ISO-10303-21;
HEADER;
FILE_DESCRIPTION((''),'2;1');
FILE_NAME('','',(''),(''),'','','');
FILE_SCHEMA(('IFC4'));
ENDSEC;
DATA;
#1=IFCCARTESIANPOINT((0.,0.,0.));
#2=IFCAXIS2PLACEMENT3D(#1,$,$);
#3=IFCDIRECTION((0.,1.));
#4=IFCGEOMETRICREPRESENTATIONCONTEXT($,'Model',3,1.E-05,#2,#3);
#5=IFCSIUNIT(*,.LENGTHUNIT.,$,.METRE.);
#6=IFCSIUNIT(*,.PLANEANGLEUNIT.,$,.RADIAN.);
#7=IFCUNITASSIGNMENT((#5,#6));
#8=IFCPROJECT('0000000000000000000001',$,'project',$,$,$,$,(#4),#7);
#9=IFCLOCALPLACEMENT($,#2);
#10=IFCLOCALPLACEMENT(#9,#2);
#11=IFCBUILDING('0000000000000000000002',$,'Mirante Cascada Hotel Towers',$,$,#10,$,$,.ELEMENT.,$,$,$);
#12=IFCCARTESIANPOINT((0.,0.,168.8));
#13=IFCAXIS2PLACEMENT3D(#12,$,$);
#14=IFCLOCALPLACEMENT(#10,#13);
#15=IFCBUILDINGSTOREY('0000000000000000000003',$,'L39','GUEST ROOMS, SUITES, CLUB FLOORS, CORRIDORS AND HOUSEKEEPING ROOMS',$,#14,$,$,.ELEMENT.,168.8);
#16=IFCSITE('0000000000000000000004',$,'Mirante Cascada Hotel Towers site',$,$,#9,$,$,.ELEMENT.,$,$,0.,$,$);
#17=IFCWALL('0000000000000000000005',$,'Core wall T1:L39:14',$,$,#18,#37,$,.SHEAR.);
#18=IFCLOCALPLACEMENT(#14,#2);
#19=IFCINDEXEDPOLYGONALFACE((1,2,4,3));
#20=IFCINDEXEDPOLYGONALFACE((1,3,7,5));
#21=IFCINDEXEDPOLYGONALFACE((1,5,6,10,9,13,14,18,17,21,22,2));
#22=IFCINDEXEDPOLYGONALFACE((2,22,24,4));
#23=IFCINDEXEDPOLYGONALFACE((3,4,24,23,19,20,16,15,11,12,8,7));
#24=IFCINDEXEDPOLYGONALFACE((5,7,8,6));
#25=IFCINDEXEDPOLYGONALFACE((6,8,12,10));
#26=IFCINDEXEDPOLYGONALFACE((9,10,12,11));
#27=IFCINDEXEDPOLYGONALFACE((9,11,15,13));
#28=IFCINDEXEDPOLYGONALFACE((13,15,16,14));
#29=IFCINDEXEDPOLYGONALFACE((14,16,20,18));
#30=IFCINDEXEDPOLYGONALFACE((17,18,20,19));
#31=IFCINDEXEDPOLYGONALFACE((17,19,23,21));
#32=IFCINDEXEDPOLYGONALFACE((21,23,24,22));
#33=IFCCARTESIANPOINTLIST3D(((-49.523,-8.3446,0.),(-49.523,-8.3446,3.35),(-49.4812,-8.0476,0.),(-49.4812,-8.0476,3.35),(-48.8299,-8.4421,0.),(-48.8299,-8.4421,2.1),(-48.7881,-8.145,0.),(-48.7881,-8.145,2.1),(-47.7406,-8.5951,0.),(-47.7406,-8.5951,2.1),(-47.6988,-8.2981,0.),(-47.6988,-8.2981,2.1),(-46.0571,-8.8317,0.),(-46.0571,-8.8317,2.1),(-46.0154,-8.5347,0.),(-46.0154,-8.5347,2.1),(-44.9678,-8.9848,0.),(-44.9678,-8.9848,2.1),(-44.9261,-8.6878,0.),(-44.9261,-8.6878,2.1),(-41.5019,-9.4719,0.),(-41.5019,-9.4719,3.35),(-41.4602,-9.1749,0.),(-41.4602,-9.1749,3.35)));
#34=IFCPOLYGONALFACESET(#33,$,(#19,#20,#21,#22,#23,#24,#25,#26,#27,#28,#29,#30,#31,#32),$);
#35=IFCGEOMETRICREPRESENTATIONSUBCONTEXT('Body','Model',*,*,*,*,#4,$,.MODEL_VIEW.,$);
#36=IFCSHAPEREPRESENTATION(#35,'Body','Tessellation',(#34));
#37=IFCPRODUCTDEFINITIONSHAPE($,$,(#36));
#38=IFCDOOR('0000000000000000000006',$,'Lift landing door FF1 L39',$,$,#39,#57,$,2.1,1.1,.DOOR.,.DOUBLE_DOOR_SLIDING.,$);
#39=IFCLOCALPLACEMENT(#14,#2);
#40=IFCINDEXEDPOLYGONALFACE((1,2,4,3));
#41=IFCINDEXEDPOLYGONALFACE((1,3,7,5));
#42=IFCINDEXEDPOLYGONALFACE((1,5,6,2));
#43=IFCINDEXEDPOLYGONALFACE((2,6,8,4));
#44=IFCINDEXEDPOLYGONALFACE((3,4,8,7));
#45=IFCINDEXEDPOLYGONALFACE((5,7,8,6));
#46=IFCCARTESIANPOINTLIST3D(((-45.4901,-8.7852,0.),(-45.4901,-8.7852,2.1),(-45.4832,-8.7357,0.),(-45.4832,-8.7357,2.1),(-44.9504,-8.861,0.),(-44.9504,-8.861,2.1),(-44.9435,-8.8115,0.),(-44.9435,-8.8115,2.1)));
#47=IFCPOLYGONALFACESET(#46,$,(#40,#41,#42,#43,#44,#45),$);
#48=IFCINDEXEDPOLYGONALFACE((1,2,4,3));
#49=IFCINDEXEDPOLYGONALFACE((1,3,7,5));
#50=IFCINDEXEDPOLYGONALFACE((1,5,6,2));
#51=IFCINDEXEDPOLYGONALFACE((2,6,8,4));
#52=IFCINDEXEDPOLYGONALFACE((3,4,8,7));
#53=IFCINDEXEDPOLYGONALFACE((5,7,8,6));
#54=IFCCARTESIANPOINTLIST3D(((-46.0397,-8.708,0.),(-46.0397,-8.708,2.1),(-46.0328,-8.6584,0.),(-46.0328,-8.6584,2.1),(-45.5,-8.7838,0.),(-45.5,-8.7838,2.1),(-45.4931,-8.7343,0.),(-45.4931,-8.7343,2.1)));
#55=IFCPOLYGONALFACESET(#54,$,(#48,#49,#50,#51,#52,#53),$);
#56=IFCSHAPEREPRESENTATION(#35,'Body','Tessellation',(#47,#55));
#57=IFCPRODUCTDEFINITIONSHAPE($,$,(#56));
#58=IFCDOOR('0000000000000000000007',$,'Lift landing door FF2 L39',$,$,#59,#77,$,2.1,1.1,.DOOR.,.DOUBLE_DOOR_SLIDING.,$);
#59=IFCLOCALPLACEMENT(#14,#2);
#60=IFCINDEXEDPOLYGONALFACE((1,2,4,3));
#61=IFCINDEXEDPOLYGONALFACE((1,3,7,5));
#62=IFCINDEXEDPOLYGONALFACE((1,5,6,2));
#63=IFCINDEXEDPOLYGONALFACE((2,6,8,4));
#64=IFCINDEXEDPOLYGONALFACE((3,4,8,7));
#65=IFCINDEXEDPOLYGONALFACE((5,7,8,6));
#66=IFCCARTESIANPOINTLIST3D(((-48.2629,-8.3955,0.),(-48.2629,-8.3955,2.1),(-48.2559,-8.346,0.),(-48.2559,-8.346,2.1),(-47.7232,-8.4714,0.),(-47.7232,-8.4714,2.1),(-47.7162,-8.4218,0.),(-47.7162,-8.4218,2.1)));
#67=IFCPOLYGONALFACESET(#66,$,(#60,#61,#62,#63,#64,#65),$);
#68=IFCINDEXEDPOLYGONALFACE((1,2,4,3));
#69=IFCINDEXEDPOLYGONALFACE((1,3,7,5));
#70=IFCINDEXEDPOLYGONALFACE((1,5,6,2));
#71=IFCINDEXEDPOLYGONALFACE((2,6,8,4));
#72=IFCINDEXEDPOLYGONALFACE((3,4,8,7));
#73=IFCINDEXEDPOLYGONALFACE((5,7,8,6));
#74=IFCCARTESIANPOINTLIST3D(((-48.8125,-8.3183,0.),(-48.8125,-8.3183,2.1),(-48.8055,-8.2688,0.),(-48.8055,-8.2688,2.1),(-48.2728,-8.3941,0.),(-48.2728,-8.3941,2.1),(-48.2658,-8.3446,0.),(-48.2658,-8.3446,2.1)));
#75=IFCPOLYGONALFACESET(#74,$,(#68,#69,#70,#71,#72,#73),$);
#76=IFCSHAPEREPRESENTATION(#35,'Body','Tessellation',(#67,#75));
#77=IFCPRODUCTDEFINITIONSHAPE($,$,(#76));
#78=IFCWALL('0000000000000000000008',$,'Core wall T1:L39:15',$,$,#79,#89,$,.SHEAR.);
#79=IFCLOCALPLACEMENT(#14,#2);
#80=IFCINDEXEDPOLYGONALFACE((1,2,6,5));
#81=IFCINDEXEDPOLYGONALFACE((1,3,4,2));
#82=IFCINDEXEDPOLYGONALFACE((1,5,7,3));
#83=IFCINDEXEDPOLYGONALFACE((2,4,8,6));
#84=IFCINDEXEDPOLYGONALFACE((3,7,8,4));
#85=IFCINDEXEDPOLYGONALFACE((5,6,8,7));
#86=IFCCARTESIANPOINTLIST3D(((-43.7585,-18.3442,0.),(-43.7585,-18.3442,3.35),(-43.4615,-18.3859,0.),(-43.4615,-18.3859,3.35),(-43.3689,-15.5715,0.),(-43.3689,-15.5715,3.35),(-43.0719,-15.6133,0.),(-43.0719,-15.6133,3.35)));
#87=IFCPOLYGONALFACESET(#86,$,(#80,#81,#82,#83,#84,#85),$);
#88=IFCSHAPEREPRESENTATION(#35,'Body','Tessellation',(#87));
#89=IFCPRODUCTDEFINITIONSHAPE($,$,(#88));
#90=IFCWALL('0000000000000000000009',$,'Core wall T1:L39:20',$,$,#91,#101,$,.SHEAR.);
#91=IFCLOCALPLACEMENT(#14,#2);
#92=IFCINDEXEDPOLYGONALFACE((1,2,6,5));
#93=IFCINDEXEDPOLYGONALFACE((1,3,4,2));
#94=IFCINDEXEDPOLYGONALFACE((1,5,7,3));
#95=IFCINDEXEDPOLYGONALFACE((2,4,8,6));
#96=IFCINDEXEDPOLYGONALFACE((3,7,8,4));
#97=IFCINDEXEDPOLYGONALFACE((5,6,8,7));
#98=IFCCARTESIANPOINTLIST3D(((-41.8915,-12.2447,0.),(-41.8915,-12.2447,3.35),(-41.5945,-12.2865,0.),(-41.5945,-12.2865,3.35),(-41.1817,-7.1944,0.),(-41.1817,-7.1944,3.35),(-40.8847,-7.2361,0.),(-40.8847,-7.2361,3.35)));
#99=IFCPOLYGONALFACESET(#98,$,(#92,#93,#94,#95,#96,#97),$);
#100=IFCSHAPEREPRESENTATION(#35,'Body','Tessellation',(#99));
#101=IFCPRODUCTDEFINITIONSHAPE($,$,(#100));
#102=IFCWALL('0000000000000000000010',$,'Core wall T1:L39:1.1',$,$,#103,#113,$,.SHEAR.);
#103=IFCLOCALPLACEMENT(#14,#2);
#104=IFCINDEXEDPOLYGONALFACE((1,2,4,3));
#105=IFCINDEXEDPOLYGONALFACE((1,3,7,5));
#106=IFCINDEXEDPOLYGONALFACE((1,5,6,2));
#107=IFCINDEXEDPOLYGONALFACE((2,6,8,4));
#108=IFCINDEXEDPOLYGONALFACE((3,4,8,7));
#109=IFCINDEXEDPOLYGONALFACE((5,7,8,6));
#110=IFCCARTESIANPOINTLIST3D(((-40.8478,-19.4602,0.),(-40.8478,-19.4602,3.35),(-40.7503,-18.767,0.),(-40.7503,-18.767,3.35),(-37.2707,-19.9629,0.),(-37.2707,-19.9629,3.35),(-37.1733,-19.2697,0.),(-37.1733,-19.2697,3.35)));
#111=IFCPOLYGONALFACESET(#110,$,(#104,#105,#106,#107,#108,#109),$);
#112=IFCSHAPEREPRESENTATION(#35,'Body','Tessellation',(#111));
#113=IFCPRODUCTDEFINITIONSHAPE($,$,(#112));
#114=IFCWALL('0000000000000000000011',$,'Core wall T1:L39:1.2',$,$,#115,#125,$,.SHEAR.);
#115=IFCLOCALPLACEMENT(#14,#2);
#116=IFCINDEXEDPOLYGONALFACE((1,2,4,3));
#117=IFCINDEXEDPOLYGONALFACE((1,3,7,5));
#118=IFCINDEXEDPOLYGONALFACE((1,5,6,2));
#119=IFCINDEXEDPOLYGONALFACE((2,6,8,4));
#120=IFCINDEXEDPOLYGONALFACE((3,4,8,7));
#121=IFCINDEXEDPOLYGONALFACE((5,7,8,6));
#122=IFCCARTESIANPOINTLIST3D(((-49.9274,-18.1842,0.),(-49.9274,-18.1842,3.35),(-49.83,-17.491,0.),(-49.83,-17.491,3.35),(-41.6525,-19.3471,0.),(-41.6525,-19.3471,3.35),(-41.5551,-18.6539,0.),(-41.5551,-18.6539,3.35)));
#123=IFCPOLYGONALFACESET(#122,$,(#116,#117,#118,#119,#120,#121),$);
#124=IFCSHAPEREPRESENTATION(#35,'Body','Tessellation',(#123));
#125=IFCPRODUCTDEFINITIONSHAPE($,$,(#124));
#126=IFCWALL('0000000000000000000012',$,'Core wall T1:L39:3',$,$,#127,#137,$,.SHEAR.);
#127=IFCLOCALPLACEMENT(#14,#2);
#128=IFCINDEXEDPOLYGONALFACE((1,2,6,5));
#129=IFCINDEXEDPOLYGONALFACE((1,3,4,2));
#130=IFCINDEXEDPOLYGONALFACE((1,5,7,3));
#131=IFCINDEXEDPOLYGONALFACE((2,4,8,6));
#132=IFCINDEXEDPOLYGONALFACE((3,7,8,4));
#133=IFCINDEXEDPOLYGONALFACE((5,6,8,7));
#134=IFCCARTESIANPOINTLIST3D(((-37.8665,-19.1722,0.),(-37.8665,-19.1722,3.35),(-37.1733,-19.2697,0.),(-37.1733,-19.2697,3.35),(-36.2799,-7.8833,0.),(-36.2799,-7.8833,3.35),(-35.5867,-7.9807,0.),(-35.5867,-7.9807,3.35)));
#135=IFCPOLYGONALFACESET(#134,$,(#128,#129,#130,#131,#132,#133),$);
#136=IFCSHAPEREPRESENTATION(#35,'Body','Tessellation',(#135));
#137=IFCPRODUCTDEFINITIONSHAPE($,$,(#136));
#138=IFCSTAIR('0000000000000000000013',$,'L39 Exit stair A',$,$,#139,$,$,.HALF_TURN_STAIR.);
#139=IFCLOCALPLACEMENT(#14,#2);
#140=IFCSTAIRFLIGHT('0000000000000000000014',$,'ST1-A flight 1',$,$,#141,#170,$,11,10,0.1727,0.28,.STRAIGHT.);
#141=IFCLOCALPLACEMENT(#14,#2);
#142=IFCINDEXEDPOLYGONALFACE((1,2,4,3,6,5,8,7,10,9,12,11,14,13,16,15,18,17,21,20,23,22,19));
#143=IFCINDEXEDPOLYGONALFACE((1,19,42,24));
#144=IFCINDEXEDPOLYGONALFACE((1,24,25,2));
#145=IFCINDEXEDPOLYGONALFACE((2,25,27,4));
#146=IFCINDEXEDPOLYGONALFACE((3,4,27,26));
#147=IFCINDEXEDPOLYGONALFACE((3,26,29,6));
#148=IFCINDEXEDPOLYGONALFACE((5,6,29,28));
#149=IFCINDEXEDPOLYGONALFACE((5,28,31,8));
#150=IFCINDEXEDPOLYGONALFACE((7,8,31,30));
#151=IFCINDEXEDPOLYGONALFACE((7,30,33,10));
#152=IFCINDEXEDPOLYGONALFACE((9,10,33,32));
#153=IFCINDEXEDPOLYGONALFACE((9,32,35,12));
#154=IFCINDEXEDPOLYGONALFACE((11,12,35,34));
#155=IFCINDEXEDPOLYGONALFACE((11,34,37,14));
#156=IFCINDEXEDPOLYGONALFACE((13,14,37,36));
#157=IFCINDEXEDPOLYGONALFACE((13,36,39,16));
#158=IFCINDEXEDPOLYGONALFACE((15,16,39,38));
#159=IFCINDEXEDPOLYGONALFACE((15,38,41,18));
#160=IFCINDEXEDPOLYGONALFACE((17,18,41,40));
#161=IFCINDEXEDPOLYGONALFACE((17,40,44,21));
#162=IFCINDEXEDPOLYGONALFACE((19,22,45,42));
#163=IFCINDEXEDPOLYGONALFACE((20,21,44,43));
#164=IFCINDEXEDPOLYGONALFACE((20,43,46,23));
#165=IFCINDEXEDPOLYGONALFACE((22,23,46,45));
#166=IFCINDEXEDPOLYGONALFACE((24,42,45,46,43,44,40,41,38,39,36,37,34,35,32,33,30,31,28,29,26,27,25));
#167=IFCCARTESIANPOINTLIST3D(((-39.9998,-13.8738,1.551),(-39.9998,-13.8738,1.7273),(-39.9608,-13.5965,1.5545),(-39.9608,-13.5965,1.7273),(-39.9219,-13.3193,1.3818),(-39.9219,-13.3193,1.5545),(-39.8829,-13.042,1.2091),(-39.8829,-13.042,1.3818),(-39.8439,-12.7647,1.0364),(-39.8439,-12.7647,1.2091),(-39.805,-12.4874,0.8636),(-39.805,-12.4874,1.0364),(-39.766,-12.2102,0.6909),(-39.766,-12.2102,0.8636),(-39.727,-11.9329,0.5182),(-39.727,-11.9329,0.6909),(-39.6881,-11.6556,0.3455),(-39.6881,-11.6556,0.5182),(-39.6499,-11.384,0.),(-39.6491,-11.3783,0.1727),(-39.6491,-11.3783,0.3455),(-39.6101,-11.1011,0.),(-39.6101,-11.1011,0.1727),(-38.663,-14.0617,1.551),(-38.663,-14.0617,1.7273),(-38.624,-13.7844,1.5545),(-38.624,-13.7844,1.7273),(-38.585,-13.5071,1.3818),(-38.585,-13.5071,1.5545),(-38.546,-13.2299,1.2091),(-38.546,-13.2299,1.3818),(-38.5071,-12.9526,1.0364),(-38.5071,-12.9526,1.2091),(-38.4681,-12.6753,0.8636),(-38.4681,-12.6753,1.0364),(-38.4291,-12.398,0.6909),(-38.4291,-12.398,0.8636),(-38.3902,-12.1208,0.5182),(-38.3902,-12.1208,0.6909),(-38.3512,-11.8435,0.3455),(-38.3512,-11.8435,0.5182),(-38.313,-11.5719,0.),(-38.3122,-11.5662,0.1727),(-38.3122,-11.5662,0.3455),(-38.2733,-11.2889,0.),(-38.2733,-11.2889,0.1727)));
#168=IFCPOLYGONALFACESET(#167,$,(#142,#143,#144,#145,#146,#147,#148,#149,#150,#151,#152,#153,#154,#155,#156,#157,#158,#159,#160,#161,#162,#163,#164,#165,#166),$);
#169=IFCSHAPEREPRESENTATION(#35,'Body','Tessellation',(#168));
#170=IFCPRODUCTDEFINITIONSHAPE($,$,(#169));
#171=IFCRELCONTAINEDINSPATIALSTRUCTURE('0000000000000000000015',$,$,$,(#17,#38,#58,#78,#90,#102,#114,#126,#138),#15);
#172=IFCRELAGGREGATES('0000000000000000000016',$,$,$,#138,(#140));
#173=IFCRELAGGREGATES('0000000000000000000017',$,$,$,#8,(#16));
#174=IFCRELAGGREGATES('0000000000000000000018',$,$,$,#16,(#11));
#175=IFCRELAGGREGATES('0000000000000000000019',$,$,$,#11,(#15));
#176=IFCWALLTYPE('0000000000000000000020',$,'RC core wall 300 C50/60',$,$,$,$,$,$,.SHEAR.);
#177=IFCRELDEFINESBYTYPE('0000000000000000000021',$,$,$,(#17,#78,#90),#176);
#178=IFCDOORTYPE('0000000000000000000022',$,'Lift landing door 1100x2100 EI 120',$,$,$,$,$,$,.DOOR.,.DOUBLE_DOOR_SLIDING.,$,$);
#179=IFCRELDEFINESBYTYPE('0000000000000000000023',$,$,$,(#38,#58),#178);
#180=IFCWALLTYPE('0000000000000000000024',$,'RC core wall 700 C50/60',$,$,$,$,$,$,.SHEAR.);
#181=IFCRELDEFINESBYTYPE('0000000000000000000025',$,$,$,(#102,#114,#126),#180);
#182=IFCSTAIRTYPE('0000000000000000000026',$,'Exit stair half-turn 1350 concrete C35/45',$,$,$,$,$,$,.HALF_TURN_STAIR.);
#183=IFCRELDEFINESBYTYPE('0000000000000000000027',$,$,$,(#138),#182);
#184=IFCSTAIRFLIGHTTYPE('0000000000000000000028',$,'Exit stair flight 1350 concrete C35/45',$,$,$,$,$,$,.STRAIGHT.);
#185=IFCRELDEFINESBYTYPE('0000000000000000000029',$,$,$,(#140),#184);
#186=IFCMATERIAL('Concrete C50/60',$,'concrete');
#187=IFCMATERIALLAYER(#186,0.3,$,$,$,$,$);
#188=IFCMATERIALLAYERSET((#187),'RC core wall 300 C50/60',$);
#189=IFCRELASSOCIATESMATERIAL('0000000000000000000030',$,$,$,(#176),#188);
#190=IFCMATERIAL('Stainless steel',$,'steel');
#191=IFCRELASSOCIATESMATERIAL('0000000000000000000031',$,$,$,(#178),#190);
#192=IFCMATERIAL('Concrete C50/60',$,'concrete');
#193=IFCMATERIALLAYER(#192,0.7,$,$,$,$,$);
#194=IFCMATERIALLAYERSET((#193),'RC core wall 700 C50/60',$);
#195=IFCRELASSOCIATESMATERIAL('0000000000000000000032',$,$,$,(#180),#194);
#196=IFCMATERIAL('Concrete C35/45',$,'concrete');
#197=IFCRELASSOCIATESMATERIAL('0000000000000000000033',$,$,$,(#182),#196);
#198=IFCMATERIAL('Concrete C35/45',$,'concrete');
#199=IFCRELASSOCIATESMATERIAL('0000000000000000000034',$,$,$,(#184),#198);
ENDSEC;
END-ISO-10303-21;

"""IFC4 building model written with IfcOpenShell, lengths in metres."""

from ifc_helpers import new_model, si_unit, direction, frame, frame_2d, origin, place, context, subcontext, project, spatial, polyline, rectangle, outline, extrude, material, layer, layer_set, type_object, element, fill, aggregate, save


model = new_model("IFC4")

# Units and contexts
model_context = context("Model", 3, precision=1e-05, world=origin(), true_north=direction((0.0, 1.0)))
body_context = subcontext(model_context, "Body", "Model", "MODEL_VIEW")
ifc_project = project(units=[si_unit("LENGTHUNIT", "METRE"), si_unit("PLANEANGLEUNIT", "RADIAN")], contexts=[model_context])

# Site, building, storey
site_placement = place(None, origin())
site = spatial("IfcSite", under=ifc_project, at=site_placement, Name="Mirante Cascada Hotel Towers site", CompositionType="ELEMENT", RefElevation=0.0)
building_placement = place(site_placement, origin())
building = spatial("IfcBuilding", under=site, at=building_placement, Name="Mirante Cascada Hotel Towers", CompositionType="ELEMENT")
storey_placement = place(building_placement, frame((0.0, 0.0, 168.8)))
storey = spatial("IfcBuildingStorey", under=building, at=storey_placement, Name="L39", Description="GUEST ROOMS, SUITES, CLUB FLOORS, CORRIDORS AND HOUSEKEEPING ROOMS", CompositionType="ELEMENT", Elevation=168.8)

# Shared definitions
ifc_material_1 = material(Name="Concrete C50/60", Category="concrete")
ifc_layer_1 = layer(ifc_material_1, 0.3)
ifc_layer_set_1 = layer_set([ifc_layer_1], Name="RC core wall 300 C50/60")
wall_type_1 = type_object("IfcWallType", Name="RC core wall 300 C50/60", PredefinedType="SHEAR", material=ifc_layer_set_1)

# Shared definitions
ifc_material_2 = material(Name="Stainless steel", Category="steel")
door_type_1 = type_object("IfcDoorType", Name="Lift landing door 1100x2100 EI 120", OperationType="DOUBLE_DOOR_SLIDING", PredefinedType="DOOR", material=ifc_material_2)

# Wall, openings, doors
wall_1_placement = place(storey_placement, frame((-41.481, -9.3234, 0.0), z_axis=(0.0, 0.0, 1.0), x_axis=(-0.990268, 0.139174, 0.0)))
wall_1 = element("IfcWall", 1, at=wall_1_placement, inside=storey, type_object=wall_type_1, Name="Core wall T1:L39:14", PredefinedType="SHEAR", context=body_context, shape_type="SweptSolid", body=[
    extrude(rectangle(XDim=8.0999, YDim=0.3, at=frame_2d((4.05, 0.0))), origin(), (0.0, 0.0, 1.0), 3.35),
])
opening_1_placement = place(wall_1_placement, frame((3.5, 0.0, 0.0)))
opening_1 = element("IfcOpeningElement", 2, at=opening_1_placement, cuts=wall_1, PredefinedType="OPENING", context=body_context, shape_type="SweptSolid", body=[
    extrude(rectangle(XDim=1.1, YDim=2.1, at=frame_2d((0.55, 1.05))), frame((0.0, 0.15, 0.0), z_axis=(0.0, -1.0, 0.0), x_axis=(1.0, 0.0, 0.0)), (0.0, 0.0, 1.0), 0.3),
])
opening_2_placement = place(wall_1_placement, frame((6.3, 0.0, 0.0)))
opening_2 = element("IfcOpeningElement", 3, at=opening_2_placement, cuts=wall_1, PredefinedType="OPENING", context=body_context, shape_type="SweptSolid", body=[
    extrude(rectangle(XDim=1.1, YDim=2.1, at=frame_2d((0.55, 1.05))), frame((0.0, 0.15, 0.0), z_axis=(0.0, -1.0, 0.0), x_axis=(1.0, 0.0, 0.0)), (0.0, 0.0, 1.0), 0.3),
])
door_1_placement = place(opening_1_placement, origin())
door_1 = element("IfcDoor", 4, at=door_1_placement, inside=storey, type_object=door_type_1, Name="Lift landing door FF1 L39", OperationType="DOUBLE_DOOR_SLIDING", OverallHeight=2.1, OverallWidth=1.1, PredefinedType="DOOR", context=body_context, shape_type="SweptSolid", body=[
    extrude(rectangle(XDim=0.545, YDim=2.1, at=frame_2d((0.2725, 1.05))), frame((0.0, 0.025, 0.0), z_axis=(0.0, -1.0, 0.0), x_axis=(1.0, 0.0, 0.0)), (0.0, 0.0, 1.0), 0.05),
    extrude(rectangle(XDim=0.545, YDim=2.1, at=frame_2d((0.8275, 1.05))), frame((0.0, 0.025, 0.0), z_axis=(0.0, -1.0, 0.0), x_axis=(1.0, 0.0, 0.0)), (0.0, 0.0, 1.0), 0.05),
])
fill(opening_1, door_1)
door_2_placement = place(opening_2_placement, origin())
door_2 = element("IfcDoor", 5, at=door_2_placement, inside=storey, type_object=door_type_1, Name="Lift landing door FF2 L39", OperationType="DOUBLE_DOOR_SLIDING", OverallHeight=2.1, OverallWidth=1.1, PredefinedType="DOOR", context=body_context, shape_type="SweptSolid", body=[
    extrude(rectangle(XDim=0.545, YDim=2.1, at=frame_2d((0.2725, 1.05))), frame((0.0, 0.025, 0.0), z_axis=(0.0, -1.0, 0.0), x_axis=(1.0, 0.0, 0.0)), (0.0, 0.0, 1.0), 0.05),
    extrude(rectangle(XDim=0.545, YDim=2.1, at=frame_2d((0.8275, 1.05))), frame((0.0, 0.025, 0.0), z_axis=(0.0, -1.0, 0.0), x_axis=(1.0, 0.0, 0.0)), (0.0, 0.0, 1.0), 0.05),
])
fill(opening_2, door_2)

# Walls
wall_2_placement = place(storey_placement, frame((-43.61, -18.3651, 0.0), z_axis=(0.0, 0.0, 1.0), x_axis=(0.139146, 0.990272, 0.0)))
element("IfcWall", 6, at=wall_2_placement, inside=storey, type_object=wall_type_1, Name="Core wall T1:L39:15", PredefinedType="SHEAR", context=body_context, shape_type="SweptSolid", body=[
    extrude(rectangle(XDim=2.7999, YDim=0.3, at=frame_2d((1.4, 0.0))), origin(), (0.0, 0.0, 1.0), 3.35),
])
wall_3_placement = place(storey_placement, frame((-41.743, -12.2656, 0.0), z_axis=(0.0, 0.0, 1.0), x_axis=(0.139176, 0.990268, 0.0)))
element("IfcWall", 7, at=wall_3_placement, inside=storey, type_object=wall_type_1, Name="Core wall T1:L39:20", PredefinedType="SHEAR", context=body_context, shape_type="SweptSolid", body=[
    extrude(rectangle(XDim=5.1, YDim=0.3, at=frame_2d((2.55, 0.0))), origin(), (0.0, 0.0, 1.0), 3.35),
])
ifc_material_3 = material(Name="Concrete C50/60", Category="concrete")
ifc_layer_2 = layer(ifc_material_3, 0.7)
ifc_layer_set_2 = layer_set([ifc_layer_2], Name="RC core wall 700 C50/60")
wall_type_2 = type_object("IfcWallType", Name="RC core wall 700 C50/60", PredefinedType="SHEAR", material=ifc_layer_set_2)
wall_4_placement = place(storey_placement, frame((-37.222, -19.6163, 0.0), z_axis=(0.0, 0.0, 1.0), x_axis=(-0.990269, 0.139169, 0.0)))
element("IfcWall", 8, at=wall_4_placement, inside=storey, type_object=wall_type_2, Name="Core wall T1:L39:1.1", PredefinedType="SHEAR", context=body_context, shape_type="SweptSolid", body=[
    extrude(rectangle(XDim=3.6122, YDim=0.7, at=frame_2d((1.8061, 0.0))), origin(), (0.0, 0.0, 1.0), 3.35),
])
wall_5_placement = place(storey_placement, frame((-41.6038, -19.0005, 0.0), z_axis=(0.0, 0.0, 1.0), x_axis=(-0.990269, 0.139166, 0.0)))
element("IfcWall", 9, at=wall_5_placement, inside=storey, type_object=wall_type_2, Name="Core wall T1:L39:1.2", PredefinedType="SHEAR", context=body_context, shape_type="SweptSolid", body=[
    extrude(rectangle(XDim=8.3562, YDim=0.7, at=frame_2d((4.1781, 0.0))), origin(), (0.0, 0.0, 1.0), 3.35),
])
wall_6_placement = place(storey_placement, frame((-37.5199, -19.221, 0.0), z_axis=(0.0, 0.0, 1.0), x_axis=(0.139176, 0.990268, 0.0)))
element("IfcWall", 10, at=wall_6_placement, inside=storey, type_object=wall_type_2, Name="Core wall T1:L39:3", PredefinedType="SHEAR", context=body_context, shape_type="SweptSolid", body=[
    extrude(rectangle(XDim=11.3999, YDim=0.7, at=frame_2d((5.7, 0.0))), origin(), (0.0, 0.0, 1.0), 3.35),
])

# Stair, stair flight
ifc_material_4 = material(Name="Concrete C35/45", Category="concrete")
stair_type = type_object("IfcStairType", Name="Exit stair half-turn 1350 concrete C35/45", PredefinedType="HALF_TURN_STAIR", material=ifc_material_4)
stair_placement = place(storey_placement, origin())
stair = element("IfcStair", 11, at=stair_placement, inside=storey, type_object=stair_type, Name="L39 Exit stair A", PredefinedType="HALF_TURN_STAIR")
ifc_material_5 = material(Name="Concrete C35/45", Category="concrete")
stair_flight_type = type_object("IfcStairFlightType", Name="Exit stair flight 1350 concrete C35/45", PredefinedType="STRAIGHT", material=ifc_material_5)
stair_flight_1_placement = place(storey_placement, frame((-38.9417, -11.195, 0.0), z_axis=(0.0, 0.0, 1.0), x_axis=(-0.139173, -0.990268, 0.0)))
stair_flight_1 = element("IfcStairFlight", 12, at=stair_flight_1_placement, type_object=stair_flight_type, Name="ST1-A flight 1", NumberOfRisers=11, NumberOfTreads=10, PredefinedType="STRAIGHT", RiserHeight=0.1727, TreadLength=0.28, context=body_context, shape_type="SweptSolid", body=[
    extrude(outline(polyline([(0.0, 0.0), (0.0, 0.1727), (0.28, 0.1727), (0.28, 0.3455), (0.56, 0.3455), (0.56, 0.5182), (0.84, 0.5182), (0.84, 0.6909), (1.12, 0.6909), (1.12, 0.8636), (1.4, 0.8636), (1.4, 1.0364), (1.68, 1.0364), (1.68, 1.2091), (1.96, 1.2091), (1.96, 1.3818), (2.24, 1.3818), (2.24, 1.5545), (2.52, 1.5545), (2.52, 1.7273), (2.8, 1.7273), (2.8, 1.9), (2.8, 1.551), (0.2857, 0.0), (0.0, 0.0)])), frame((0.0, 0.675, 0.0), z_axis=(0.0, -1.0, 0.0), x_axis=(1.0, 0.0, 0.0)), (0.0, 0.0, 1.0), 1.35),
])
aggregate(stair, [stair_flight_1])

save(model, "model.ifc")
